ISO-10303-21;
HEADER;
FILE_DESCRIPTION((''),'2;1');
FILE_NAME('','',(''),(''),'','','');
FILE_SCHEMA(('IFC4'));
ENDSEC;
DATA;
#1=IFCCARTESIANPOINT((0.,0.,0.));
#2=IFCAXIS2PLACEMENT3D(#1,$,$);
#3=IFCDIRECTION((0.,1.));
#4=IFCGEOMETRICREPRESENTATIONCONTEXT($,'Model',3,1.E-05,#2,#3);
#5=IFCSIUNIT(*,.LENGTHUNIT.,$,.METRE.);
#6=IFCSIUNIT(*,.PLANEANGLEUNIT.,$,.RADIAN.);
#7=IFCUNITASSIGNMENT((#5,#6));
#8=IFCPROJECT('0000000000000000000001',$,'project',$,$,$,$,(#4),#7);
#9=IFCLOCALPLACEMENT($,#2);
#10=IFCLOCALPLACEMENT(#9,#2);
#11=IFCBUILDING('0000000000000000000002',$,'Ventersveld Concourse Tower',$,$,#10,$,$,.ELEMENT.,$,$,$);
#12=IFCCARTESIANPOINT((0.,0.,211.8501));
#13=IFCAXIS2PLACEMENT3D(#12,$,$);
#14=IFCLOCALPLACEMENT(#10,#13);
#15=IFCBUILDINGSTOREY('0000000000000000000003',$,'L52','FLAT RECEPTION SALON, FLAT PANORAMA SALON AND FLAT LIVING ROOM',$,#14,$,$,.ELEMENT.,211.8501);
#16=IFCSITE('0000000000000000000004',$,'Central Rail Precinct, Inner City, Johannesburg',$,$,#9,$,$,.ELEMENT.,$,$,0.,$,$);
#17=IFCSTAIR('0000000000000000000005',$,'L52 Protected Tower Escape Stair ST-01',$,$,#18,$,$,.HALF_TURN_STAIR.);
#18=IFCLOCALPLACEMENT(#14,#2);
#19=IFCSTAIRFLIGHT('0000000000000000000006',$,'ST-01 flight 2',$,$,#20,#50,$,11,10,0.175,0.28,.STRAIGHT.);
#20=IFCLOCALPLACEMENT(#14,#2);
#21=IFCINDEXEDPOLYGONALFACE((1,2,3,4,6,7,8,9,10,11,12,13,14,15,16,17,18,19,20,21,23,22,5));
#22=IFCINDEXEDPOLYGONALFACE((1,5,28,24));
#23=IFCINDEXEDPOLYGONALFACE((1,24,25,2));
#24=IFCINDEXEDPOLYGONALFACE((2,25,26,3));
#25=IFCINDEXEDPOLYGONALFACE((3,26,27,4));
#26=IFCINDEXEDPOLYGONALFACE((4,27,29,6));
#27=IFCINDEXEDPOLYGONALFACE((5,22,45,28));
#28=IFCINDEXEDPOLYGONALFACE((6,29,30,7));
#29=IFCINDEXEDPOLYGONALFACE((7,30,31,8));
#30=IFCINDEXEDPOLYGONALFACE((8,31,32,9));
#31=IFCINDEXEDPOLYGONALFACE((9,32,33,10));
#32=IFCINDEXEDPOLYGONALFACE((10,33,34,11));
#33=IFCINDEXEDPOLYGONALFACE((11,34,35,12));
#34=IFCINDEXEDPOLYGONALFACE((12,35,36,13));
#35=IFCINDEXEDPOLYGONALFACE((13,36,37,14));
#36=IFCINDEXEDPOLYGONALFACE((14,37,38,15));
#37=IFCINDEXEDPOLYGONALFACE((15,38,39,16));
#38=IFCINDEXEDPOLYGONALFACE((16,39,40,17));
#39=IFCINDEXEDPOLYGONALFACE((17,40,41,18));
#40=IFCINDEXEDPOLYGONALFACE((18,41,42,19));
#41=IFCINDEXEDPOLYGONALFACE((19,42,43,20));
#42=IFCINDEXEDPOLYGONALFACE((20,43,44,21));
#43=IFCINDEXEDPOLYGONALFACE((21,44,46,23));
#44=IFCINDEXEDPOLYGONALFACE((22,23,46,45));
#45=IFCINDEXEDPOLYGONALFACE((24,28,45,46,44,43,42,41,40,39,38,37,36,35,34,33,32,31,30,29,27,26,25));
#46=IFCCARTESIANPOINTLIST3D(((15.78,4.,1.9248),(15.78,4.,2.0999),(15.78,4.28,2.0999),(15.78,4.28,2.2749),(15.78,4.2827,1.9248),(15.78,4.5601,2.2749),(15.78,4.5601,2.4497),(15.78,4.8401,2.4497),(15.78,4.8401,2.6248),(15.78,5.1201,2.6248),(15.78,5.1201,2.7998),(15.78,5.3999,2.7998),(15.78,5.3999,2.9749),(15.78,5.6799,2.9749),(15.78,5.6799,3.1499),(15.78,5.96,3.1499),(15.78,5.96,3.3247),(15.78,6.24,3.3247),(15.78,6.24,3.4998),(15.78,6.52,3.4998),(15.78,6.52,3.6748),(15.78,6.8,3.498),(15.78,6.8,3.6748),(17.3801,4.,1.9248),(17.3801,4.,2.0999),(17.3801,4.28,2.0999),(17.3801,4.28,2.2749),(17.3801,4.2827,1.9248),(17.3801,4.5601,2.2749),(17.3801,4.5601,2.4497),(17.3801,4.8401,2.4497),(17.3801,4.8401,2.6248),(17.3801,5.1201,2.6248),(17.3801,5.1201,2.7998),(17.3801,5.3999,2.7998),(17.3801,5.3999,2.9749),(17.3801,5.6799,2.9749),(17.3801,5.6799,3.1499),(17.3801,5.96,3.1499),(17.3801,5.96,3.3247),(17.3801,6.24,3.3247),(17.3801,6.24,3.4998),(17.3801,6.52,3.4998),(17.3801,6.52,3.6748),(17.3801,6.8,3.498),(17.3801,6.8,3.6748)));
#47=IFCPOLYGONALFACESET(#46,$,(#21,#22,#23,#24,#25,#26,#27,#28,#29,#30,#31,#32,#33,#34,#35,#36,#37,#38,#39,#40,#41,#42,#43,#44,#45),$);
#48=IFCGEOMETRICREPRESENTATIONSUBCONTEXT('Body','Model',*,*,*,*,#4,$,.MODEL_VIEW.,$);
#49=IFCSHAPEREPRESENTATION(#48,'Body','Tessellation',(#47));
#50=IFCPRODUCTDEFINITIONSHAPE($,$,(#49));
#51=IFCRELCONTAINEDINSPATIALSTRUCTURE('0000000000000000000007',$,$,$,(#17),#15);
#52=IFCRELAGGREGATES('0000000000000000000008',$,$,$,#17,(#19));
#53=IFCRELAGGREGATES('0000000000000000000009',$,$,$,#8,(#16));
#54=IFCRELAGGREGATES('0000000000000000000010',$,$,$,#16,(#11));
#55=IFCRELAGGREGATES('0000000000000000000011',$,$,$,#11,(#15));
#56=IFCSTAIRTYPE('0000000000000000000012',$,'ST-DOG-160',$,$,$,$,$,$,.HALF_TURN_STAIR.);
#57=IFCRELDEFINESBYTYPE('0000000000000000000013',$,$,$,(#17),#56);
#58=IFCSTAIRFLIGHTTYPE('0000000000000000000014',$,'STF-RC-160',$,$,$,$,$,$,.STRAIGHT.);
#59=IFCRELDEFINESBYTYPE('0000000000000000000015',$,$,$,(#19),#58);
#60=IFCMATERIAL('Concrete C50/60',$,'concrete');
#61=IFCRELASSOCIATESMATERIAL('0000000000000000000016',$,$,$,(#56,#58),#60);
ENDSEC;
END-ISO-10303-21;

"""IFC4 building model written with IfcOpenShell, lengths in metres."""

from ifc_helpers import new_model, si_unit, direction, frame, origin, place, context, subcontext, project, spatial, polyline, outline, extrude, material, type_object, element, aggregate, save


model = new_model("IFC4")

# Units and contexts
model_context = context("Model", 3, precision=1e-05, world=origin(), true_north=direction((0.0, 1.0)))
body_context = subcontext(model_context, "Body", "Model", "MODEL_VIEW")
ifc_project = project(units=[si_unit("LENGTHUNIT", "METRE"), si_unit("PLANEANGLEUNIT", "RADIAN")], contexts=[model_context])

# Site, building, storey
site_placement = place(None, origin())
site = spatial("IfcSite", under=ifc_project, at=site_placement, Name="Central Rail Precinct, Inner City, Johannesburg", CompositionType="ELEMENT", RefElevation=0.0)
building_placement = place(site_placement, origin())
building = spatial("IfcBuilding", under=site, at=building_placement, Name="Ventersveld Concourse Tower", CompositionType="ELEMENT")
storey_placement = place(building_placement, frame((0.0, 0.0, 211.8501)))
storey = spatial("IfcBuildingStorey", under=building, at=storey_placement, Name="L52", Description="FLAT RECEPTION SALON, FLAT PANORAMA SALON AND FLAT LIVING ROOM", CompositionType="ELEMENT", Elevation=211.8501)

# Shared definitions
ifc_material_1 = material(Name="Concrete C50/60", Category="concrete")

# Stair, stair flight
stair_type = type_object("IfcStairType", Name="ST-DOG-160", PredefinedType="HALF_TURN_STAIR", material=ifc_material_1)
stair_placement = place(storey_placement, origin())
stair = element("IfcStair", 1, at=stair_placement, inside=storey, type_object=stair_type, Name="L52 Protected Tower Escape Stair ST-01", PredefinedType="HALF_TURN_STAIR")
stair_flight_type = type_object("IfcStairFlightType", Name="STF-RC-160", PredefinedType="STRAIGHT", material=ifc_material_1)
stair_flight_1_placement = place(storey_placement, frame((16.5801, 4.0, 1.9248), z_axis=(0.0, 0.0, 1.0), x_axis=(0.0, 1.0, 0.0)))
stair_flight_1 = element("IfcStairFlight", 2, at=stair_flight_1_placement, type_object=stair_flight_type, Name="ST-01 flight 2", NumberOfRisers=11, NumberOfTreads=10, PredefinedType="STRAIGHT", RiserHeight=0.175, TreadLength=0.28, context=body_context, shape_type="SweptSolid", body=[
    extrude(outline(polyline([(0.0, 0.0), (0.0, 0.175), (0.28, 0.175), (0.28, 0.3501), (0.5601, 0.3501), (0.5601, 0.5249), (0.8401, 0.5249), (0.8401, 0.7), (1.1201, 0.7), (1.1201, 0.875), (1.3999, 0.875), (1.3999, 1.05), (1.6799, 1.05), (1.6799, 1.2251), (1.96, 1.2251), (1.96, 1.3999), (2.24, 1.3999), (2.24, 1.575), (2.52, 1.575), (2.52, 1.75), (2.8, 1.75), (2.8, 1.925), (2.8, 1.5732), (0.2827, 0.0), (0.0, 0.0)])), frame((0.0, 0.8, 0.0), z_axis=(0.0, -1.0, 0.0), x_axis=(1.0, 0.0, 0.0)), (0.0, 0.0, 1.0), 1.6001),
])
aggregate(stair, [stair_flight_1])

save(model, "model.ifc")
